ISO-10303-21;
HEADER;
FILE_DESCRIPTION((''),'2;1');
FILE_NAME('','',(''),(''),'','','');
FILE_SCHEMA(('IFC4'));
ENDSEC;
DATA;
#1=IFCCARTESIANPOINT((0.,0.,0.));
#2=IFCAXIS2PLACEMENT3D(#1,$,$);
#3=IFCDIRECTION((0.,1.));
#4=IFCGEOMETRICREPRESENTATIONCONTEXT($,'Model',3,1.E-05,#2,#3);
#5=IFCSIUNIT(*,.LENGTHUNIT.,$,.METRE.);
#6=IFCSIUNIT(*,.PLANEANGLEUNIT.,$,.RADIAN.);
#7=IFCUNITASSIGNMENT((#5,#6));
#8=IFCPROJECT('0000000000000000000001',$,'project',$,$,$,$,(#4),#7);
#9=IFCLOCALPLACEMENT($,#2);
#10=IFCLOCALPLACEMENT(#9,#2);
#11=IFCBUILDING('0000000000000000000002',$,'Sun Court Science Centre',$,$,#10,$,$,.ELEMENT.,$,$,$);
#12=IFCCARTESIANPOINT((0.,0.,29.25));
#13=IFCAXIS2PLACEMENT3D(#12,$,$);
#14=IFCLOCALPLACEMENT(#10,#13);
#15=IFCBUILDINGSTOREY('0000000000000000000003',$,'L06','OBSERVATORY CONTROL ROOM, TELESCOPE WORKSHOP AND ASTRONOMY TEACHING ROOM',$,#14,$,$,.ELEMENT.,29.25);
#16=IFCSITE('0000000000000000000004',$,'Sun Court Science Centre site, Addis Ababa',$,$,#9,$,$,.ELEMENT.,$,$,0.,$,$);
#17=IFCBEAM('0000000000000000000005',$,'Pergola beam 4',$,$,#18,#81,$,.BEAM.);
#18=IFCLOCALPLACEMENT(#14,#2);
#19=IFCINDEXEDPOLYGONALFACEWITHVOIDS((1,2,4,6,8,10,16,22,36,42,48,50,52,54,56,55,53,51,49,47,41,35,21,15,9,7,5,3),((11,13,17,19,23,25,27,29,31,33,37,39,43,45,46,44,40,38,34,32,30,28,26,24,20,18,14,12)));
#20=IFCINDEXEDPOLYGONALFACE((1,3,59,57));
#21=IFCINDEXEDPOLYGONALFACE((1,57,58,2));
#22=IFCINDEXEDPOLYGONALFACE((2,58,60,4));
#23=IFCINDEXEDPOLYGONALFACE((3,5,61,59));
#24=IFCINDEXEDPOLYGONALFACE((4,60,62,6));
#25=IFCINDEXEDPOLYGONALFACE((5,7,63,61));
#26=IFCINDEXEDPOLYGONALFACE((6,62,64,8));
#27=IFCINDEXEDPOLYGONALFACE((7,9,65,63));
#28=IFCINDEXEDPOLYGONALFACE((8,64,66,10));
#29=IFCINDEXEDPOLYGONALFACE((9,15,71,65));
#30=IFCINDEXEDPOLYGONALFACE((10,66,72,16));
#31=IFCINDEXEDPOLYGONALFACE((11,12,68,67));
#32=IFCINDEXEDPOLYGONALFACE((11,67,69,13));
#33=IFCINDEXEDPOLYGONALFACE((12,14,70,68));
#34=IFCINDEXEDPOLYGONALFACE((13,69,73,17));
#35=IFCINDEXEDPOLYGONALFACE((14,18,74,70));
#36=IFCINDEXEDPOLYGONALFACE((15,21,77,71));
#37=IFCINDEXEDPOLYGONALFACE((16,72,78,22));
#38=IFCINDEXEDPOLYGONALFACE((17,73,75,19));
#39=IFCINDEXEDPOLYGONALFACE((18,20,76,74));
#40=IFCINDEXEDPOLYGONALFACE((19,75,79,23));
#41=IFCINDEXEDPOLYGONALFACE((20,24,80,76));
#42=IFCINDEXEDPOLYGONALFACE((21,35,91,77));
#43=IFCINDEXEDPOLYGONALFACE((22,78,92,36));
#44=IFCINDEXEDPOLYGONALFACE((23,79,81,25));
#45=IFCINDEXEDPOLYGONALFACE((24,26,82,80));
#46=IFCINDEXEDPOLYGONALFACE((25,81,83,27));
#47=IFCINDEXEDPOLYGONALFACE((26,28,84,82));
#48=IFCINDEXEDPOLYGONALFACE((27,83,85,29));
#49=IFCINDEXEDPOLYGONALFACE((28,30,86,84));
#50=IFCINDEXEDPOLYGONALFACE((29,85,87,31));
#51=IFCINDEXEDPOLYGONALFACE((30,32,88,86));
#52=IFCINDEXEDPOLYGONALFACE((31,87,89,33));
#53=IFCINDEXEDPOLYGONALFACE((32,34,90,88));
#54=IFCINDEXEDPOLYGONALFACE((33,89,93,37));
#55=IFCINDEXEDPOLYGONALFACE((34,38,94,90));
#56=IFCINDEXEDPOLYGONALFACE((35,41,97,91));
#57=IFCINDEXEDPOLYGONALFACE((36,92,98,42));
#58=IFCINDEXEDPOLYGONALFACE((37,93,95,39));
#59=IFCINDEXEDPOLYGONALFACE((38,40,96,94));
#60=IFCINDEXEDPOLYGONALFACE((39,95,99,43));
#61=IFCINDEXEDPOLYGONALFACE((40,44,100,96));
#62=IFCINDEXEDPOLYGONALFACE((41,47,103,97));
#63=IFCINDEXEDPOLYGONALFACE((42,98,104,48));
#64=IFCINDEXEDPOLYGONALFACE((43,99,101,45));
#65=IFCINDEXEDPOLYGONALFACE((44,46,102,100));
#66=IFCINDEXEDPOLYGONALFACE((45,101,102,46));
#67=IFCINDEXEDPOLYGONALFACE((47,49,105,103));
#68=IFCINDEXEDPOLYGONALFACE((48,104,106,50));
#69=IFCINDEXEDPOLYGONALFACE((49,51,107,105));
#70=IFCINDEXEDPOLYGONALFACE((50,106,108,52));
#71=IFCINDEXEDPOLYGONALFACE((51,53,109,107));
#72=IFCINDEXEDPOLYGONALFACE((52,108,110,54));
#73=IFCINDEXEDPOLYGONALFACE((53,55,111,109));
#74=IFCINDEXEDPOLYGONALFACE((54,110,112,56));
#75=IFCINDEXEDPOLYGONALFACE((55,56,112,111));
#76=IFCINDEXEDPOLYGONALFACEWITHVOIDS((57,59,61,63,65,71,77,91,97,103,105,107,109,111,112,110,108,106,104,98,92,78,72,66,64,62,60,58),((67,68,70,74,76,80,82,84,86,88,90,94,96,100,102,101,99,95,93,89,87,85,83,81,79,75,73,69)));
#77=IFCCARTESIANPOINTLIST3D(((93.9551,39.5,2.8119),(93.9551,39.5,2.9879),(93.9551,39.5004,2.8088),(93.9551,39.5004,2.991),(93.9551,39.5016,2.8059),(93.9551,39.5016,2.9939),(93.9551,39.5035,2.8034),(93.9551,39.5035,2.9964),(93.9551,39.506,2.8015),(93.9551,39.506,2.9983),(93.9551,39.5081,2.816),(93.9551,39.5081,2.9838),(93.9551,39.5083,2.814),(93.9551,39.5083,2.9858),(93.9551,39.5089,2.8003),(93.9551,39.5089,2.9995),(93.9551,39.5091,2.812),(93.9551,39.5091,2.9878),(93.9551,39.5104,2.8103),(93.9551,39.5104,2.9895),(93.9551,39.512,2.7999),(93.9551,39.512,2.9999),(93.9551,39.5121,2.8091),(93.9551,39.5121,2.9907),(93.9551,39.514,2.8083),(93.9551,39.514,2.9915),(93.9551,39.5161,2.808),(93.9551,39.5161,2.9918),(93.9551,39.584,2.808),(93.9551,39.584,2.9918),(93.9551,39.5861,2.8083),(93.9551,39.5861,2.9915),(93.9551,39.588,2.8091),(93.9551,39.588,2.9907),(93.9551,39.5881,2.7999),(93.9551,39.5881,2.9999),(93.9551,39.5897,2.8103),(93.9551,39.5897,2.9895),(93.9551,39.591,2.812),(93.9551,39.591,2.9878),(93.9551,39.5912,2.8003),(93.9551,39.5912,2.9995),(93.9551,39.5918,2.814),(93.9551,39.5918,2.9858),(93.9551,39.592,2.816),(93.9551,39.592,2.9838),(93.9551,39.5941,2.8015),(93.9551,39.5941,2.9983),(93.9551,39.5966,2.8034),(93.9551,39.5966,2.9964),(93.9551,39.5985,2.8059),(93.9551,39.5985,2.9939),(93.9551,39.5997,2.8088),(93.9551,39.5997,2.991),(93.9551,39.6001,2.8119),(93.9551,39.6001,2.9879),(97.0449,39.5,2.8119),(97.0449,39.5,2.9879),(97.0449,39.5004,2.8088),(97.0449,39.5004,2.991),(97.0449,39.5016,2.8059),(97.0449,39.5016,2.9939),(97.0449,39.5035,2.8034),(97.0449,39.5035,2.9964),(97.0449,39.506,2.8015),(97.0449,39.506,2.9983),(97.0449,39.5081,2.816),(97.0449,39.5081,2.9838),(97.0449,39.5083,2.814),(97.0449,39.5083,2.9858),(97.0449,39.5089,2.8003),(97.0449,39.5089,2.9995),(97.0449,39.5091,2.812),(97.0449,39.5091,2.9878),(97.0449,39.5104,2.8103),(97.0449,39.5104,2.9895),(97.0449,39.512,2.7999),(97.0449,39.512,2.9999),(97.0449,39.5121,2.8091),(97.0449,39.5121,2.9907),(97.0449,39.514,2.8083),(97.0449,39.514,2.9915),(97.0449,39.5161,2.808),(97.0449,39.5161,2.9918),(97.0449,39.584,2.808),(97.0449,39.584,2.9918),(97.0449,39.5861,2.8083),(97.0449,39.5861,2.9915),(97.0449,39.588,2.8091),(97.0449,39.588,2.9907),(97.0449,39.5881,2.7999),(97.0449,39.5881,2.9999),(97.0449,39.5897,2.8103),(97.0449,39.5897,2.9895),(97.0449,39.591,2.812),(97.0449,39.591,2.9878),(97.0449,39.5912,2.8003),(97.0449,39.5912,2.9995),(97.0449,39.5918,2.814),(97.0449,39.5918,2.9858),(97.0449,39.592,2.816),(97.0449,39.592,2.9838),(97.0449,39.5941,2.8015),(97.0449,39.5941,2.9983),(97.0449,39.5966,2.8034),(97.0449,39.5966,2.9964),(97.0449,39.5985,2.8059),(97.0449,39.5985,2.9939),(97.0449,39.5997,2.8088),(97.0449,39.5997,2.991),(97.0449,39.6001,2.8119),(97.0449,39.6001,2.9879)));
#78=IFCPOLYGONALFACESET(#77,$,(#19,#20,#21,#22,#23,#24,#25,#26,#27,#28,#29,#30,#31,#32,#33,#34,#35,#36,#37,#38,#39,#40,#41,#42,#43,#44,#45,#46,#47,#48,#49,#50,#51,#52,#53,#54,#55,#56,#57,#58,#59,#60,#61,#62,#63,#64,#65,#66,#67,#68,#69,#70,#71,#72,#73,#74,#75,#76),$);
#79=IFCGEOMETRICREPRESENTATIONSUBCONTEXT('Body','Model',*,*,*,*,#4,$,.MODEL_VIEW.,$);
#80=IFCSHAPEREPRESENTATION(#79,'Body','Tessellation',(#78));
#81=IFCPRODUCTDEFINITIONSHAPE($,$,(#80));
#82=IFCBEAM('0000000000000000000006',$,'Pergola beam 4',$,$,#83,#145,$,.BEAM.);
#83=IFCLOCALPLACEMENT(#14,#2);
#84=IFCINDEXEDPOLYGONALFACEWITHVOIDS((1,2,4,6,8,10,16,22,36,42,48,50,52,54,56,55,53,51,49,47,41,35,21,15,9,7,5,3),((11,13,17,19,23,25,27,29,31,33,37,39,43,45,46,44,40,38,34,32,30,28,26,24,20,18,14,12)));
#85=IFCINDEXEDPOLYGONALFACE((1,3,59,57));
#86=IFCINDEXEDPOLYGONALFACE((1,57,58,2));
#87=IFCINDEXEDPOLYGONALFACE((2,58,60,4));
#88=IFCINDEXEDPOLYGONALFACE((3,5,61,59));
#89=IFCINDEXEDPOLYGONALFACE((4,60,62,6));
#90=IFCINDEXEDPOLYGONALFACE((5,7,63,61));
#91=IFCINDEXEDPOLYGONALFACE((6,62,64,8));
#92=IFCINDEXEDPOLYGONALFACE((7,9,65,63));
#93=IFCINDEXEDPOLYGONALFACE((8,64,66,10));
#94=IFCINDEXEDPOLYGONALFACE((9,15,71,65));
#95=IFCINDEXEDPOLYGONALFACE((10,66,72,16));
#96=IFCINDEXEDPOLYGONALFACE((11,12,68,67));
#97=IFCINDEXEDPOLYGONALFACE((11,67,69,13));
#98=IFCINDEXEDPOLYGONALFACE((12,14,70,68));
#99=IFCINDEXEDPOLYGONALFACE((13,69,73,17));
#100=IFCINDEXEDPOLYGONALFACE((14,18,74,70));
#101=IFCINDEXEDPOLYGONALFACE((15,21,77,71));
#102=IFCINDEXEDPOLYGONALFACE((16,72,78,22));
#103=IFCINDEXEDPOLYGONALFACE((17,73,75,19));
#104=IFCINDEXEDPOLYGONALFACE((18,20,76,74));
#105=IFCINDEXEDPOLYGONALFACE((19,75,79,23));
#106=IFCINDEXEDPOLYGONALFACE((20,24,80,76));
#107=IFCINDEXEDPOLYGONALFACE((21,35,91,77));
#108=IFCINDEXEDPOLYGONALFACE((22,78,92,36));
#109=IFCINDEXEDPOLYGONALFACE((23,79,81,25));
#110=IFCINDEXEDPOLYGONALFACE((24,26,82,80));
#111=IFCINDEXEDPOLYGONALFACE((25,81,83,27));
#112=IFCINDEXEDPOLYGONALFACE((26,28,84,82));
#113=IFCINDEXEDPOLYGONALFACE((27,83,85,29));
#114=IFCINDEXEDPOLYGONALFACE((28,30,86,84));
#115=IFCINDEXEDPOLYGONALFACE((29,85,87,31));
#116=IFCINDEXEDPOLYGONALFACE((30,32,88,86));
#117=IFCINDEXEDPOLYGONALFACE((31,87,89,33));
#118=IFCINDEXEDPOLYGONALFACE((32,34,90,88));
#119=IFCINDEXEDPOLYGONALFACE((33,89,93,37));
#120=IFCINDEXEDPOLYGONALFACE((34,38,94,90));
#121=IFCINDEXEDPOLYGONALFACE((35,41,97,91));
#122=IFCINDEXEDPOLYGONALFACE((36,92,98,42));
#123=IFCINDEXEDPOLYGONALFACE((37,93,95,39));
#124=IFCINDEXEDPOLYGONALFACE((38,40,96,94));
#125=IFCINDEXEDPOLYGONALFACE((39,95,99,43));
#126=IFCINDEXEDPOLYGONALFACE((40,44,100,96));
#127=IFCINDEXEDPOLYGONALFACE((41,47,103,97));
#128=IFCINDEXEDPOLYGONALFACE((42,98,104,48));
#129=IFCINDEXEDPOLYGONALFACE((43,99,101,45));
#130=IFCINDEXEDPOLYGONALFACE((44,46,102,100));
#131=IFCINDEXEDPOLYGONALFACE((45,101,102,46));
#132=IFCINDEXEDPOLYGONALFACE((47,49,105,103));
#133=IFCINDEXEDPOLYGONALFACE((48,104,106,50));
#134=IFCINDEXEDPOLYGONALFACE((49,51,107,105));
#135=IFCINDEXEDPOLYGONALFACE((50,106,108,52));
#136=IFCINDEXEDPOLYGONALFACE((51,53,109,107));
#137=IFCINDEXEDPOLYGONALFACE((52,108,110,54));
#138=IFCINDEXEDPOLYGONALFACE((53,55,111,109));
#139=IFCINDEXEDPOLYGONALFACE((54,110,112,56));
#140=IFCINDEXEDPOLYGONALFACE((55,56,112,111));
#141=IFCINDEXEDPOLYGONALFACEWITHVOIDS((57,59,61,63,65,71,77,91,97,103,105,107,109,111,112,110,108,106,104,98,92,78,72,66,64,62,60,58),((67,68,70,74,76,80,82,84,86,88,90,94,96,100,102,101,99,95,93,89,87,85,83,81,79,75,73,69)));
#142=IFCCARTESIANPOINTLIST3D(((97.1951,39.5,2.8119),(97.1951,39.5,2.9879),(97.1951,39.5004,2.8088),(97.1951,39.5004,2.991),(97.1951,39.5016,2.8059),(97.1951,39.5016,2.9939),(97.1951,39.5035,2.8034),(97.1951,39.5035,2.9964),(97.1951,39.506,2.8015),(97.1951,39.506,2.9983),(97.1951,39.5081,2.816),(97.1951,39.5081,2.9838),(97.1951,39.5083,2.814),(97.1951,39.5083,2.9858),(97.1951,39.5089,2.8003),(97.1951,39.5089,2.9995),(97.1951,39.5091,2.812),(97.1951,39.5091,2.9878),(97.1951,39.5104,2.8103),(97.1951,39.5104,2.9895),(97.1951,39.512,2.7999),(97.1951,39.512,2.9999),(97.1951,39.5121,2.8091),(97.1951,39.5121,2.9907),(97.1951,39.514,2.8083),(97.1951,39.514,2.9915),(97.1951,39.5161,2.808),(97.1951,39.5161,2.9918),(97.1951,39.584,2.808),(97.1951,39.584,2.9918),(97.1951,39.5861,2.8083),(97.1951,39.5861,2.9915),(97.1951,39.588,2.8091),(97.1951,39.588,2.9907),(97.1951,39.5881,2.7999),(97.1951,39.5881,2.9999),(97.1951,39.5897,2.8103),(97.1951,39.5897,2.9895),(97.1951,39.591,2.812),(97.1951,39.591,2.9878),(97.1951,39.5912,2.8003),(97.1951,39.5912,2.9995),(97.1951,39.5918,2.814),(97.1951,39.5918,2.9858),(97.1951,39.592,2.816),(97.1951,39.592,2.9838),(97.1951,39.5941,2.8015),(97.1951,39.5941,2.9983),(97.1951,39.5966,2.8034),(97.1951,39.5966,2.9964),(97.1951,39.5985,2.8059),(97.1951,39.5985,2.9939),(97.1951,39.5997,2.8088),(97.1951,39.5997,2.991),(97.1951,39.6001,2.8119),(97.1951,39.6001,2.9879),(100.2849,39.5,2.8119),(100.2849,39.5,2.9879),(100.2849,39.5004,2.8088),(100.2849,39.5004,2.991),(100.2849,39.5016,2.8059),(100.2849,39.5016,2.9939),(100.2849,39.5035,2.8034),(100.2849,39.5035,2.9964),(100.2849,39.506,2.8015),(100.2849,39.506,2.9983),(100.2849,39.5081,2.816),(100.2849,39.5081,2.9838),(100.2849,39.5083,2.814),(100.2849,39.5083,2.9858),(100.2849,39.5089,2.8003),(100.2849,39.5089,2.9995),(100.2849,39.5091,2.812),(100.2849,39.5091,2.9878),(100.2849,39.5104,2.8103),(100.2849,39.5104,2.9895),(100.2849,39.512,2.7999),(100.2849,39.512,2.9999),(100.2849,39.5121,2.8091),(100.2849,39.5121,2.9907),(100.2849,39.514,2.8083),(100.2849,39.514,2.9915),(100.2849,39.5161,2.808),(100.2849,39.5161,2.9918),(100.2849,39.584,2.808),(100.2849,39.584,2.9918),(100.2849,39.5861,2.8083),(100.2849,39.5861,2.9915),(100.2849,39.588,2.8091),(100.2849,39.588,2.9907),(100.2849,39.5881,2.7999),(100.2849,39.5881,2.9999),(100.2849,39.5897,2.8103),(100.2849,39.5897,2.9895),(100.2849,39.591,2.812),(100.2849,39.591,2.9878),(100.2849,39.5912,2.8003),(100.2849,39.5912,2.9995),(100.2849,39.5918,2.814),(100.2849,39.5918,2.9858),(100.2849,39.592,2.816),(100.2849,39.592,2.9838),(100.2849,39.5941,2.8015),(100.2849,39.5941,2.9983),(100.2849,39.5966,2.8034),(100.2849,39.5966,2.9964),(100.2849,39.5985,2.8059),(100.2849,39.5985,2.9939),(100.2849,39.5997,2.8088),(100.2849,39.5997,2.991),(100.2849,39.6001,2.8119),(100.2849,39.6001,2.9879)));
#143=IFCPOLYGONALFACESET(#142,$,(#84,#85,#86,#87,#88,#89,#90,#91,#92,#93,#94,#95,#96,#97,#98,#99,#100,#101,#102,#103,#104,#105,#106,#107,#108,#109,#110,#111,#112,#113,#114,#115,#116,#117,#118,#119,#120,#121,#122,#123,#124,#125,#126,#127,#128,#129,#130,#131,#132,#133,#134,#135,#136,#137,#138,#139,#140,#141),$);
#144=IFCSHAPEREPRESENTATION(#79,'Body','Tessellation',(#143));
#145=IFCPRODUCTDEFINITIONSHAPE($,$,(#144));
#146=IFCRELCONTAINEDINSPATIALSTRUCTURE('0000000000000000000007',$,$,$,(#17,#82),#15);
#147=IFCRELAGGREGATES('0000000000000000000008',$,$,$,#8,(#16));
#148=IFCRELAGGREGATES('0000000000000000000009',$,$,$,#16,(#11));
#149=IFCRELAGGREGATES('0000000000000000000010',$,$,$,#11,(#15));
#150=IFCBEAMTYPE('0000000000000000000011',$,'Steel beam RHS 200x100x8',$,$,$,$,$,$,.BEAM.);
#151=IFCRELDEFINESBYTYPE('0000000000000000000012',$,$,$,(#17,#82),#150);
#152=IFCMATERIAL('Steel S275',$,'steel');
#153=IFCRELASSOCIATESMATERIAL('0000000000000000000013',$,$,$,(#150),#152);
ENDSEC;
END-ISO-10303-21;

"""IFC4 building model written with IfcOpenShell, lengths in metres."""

from ifc_helpers import new_model, si_unit, direction, frame, origin, origin_2d, place, context, subcontext, project, spatial, hollow_rectangle, extrude, material, material_profile, profile_set, type_object, element, save


model = new_model("IFC4")

# Units and contexts
model_context = context("Model", 3, precision=1e-05, world=origin(), true_north=direction((0.0, 1.0)))
body_context = subcontext(model_context, "Body", "Model", "MODEL_VIEW")
ifc_project = project(units=[si_unit("LENGTHUNIT", "METRE"), si_unit("PLANEANGLEUNIT", "RADIAN")], contexts=[model_context])

# Site, building, storey
site_placement = place(None, origin())
site = spatial("IfcSite", under=ifc_project, at=site_placement, Name="Sun Court Science Centre site, Addis Ababa", CompositionType="ELEMENT", RefElevation=0.0)
building_placement = place(site_placement, origin())
building = spatial("IfcBuilding", under=site, at=building_placement, Name="Sun Court Science Centre", CompositionType="ELEMENT")
storey_placement = place(building_placement, frame((0.0, 0.0, 29.25)))
storey = spatial("IfcBuildingStorey", under=building, at=storey_placement, Name="L06", Description="OBSERVATORY CONTROL ROOM, TELESCOPE WORKSHOP AND ASTRONOMY TEACHING ROOM", CompositionType="ELEMENT", Elevation=29.25)

# Beams
ifc_material_1 = material(Name="Steel S275", Category="steel")
ifc_material_profile_1 = material_profile(ifc_material_1, hollow_rectangle(XDim=0.1001, YDim=0.2, WallThickness=0.0081, InnerFilletRadius=0.0081, OuterFilletRadius=0.012, at=origin_2d()), Name="RHS 200x100x8")
ifc_profile_set_1 = profile_set([ifc_material_profile_1], Name="Steel S275")
beam_type_1 = type_object("IfcBeamType", Name="Steel beam RHS 200x100x8", PredefinedType="BEAM", material=ifc_profile_set_1)
for number, where, z_axis, x_axis, name in (
    (1, (93.9551, 39.55, 2.8999), (1.0, 0.0, 0.0), (0.0, 1.0, 0.0), "Pergola beam 4"),
    (2, (97.1951, 39.55, 2.8999), (1.0, 0.0, 0.0), (0.0, 1.0, 0.0), "Pergola beam 4"),
):
    element("IfcBeam", number, at=place(storey_placement, frame(where, z_axis=z_axis, x_axis=x_axis)), inside=storey, type_object=beam_type_1, Name=name, PredefinedType="BEAM", context=body_context, shape_type="SweptSolid", body=[
        extrude(hollow_rectangle(XDim=0.1001, YDim=0.2, WallThickness=0.0081, InnerFilletRadius=0.0081, OuterFilletRadius=0.012, at=origin_2d()), origin(), (0.0, 0.0, 1.0), 3.0898),
    ])

save(model, "model.ifc")
